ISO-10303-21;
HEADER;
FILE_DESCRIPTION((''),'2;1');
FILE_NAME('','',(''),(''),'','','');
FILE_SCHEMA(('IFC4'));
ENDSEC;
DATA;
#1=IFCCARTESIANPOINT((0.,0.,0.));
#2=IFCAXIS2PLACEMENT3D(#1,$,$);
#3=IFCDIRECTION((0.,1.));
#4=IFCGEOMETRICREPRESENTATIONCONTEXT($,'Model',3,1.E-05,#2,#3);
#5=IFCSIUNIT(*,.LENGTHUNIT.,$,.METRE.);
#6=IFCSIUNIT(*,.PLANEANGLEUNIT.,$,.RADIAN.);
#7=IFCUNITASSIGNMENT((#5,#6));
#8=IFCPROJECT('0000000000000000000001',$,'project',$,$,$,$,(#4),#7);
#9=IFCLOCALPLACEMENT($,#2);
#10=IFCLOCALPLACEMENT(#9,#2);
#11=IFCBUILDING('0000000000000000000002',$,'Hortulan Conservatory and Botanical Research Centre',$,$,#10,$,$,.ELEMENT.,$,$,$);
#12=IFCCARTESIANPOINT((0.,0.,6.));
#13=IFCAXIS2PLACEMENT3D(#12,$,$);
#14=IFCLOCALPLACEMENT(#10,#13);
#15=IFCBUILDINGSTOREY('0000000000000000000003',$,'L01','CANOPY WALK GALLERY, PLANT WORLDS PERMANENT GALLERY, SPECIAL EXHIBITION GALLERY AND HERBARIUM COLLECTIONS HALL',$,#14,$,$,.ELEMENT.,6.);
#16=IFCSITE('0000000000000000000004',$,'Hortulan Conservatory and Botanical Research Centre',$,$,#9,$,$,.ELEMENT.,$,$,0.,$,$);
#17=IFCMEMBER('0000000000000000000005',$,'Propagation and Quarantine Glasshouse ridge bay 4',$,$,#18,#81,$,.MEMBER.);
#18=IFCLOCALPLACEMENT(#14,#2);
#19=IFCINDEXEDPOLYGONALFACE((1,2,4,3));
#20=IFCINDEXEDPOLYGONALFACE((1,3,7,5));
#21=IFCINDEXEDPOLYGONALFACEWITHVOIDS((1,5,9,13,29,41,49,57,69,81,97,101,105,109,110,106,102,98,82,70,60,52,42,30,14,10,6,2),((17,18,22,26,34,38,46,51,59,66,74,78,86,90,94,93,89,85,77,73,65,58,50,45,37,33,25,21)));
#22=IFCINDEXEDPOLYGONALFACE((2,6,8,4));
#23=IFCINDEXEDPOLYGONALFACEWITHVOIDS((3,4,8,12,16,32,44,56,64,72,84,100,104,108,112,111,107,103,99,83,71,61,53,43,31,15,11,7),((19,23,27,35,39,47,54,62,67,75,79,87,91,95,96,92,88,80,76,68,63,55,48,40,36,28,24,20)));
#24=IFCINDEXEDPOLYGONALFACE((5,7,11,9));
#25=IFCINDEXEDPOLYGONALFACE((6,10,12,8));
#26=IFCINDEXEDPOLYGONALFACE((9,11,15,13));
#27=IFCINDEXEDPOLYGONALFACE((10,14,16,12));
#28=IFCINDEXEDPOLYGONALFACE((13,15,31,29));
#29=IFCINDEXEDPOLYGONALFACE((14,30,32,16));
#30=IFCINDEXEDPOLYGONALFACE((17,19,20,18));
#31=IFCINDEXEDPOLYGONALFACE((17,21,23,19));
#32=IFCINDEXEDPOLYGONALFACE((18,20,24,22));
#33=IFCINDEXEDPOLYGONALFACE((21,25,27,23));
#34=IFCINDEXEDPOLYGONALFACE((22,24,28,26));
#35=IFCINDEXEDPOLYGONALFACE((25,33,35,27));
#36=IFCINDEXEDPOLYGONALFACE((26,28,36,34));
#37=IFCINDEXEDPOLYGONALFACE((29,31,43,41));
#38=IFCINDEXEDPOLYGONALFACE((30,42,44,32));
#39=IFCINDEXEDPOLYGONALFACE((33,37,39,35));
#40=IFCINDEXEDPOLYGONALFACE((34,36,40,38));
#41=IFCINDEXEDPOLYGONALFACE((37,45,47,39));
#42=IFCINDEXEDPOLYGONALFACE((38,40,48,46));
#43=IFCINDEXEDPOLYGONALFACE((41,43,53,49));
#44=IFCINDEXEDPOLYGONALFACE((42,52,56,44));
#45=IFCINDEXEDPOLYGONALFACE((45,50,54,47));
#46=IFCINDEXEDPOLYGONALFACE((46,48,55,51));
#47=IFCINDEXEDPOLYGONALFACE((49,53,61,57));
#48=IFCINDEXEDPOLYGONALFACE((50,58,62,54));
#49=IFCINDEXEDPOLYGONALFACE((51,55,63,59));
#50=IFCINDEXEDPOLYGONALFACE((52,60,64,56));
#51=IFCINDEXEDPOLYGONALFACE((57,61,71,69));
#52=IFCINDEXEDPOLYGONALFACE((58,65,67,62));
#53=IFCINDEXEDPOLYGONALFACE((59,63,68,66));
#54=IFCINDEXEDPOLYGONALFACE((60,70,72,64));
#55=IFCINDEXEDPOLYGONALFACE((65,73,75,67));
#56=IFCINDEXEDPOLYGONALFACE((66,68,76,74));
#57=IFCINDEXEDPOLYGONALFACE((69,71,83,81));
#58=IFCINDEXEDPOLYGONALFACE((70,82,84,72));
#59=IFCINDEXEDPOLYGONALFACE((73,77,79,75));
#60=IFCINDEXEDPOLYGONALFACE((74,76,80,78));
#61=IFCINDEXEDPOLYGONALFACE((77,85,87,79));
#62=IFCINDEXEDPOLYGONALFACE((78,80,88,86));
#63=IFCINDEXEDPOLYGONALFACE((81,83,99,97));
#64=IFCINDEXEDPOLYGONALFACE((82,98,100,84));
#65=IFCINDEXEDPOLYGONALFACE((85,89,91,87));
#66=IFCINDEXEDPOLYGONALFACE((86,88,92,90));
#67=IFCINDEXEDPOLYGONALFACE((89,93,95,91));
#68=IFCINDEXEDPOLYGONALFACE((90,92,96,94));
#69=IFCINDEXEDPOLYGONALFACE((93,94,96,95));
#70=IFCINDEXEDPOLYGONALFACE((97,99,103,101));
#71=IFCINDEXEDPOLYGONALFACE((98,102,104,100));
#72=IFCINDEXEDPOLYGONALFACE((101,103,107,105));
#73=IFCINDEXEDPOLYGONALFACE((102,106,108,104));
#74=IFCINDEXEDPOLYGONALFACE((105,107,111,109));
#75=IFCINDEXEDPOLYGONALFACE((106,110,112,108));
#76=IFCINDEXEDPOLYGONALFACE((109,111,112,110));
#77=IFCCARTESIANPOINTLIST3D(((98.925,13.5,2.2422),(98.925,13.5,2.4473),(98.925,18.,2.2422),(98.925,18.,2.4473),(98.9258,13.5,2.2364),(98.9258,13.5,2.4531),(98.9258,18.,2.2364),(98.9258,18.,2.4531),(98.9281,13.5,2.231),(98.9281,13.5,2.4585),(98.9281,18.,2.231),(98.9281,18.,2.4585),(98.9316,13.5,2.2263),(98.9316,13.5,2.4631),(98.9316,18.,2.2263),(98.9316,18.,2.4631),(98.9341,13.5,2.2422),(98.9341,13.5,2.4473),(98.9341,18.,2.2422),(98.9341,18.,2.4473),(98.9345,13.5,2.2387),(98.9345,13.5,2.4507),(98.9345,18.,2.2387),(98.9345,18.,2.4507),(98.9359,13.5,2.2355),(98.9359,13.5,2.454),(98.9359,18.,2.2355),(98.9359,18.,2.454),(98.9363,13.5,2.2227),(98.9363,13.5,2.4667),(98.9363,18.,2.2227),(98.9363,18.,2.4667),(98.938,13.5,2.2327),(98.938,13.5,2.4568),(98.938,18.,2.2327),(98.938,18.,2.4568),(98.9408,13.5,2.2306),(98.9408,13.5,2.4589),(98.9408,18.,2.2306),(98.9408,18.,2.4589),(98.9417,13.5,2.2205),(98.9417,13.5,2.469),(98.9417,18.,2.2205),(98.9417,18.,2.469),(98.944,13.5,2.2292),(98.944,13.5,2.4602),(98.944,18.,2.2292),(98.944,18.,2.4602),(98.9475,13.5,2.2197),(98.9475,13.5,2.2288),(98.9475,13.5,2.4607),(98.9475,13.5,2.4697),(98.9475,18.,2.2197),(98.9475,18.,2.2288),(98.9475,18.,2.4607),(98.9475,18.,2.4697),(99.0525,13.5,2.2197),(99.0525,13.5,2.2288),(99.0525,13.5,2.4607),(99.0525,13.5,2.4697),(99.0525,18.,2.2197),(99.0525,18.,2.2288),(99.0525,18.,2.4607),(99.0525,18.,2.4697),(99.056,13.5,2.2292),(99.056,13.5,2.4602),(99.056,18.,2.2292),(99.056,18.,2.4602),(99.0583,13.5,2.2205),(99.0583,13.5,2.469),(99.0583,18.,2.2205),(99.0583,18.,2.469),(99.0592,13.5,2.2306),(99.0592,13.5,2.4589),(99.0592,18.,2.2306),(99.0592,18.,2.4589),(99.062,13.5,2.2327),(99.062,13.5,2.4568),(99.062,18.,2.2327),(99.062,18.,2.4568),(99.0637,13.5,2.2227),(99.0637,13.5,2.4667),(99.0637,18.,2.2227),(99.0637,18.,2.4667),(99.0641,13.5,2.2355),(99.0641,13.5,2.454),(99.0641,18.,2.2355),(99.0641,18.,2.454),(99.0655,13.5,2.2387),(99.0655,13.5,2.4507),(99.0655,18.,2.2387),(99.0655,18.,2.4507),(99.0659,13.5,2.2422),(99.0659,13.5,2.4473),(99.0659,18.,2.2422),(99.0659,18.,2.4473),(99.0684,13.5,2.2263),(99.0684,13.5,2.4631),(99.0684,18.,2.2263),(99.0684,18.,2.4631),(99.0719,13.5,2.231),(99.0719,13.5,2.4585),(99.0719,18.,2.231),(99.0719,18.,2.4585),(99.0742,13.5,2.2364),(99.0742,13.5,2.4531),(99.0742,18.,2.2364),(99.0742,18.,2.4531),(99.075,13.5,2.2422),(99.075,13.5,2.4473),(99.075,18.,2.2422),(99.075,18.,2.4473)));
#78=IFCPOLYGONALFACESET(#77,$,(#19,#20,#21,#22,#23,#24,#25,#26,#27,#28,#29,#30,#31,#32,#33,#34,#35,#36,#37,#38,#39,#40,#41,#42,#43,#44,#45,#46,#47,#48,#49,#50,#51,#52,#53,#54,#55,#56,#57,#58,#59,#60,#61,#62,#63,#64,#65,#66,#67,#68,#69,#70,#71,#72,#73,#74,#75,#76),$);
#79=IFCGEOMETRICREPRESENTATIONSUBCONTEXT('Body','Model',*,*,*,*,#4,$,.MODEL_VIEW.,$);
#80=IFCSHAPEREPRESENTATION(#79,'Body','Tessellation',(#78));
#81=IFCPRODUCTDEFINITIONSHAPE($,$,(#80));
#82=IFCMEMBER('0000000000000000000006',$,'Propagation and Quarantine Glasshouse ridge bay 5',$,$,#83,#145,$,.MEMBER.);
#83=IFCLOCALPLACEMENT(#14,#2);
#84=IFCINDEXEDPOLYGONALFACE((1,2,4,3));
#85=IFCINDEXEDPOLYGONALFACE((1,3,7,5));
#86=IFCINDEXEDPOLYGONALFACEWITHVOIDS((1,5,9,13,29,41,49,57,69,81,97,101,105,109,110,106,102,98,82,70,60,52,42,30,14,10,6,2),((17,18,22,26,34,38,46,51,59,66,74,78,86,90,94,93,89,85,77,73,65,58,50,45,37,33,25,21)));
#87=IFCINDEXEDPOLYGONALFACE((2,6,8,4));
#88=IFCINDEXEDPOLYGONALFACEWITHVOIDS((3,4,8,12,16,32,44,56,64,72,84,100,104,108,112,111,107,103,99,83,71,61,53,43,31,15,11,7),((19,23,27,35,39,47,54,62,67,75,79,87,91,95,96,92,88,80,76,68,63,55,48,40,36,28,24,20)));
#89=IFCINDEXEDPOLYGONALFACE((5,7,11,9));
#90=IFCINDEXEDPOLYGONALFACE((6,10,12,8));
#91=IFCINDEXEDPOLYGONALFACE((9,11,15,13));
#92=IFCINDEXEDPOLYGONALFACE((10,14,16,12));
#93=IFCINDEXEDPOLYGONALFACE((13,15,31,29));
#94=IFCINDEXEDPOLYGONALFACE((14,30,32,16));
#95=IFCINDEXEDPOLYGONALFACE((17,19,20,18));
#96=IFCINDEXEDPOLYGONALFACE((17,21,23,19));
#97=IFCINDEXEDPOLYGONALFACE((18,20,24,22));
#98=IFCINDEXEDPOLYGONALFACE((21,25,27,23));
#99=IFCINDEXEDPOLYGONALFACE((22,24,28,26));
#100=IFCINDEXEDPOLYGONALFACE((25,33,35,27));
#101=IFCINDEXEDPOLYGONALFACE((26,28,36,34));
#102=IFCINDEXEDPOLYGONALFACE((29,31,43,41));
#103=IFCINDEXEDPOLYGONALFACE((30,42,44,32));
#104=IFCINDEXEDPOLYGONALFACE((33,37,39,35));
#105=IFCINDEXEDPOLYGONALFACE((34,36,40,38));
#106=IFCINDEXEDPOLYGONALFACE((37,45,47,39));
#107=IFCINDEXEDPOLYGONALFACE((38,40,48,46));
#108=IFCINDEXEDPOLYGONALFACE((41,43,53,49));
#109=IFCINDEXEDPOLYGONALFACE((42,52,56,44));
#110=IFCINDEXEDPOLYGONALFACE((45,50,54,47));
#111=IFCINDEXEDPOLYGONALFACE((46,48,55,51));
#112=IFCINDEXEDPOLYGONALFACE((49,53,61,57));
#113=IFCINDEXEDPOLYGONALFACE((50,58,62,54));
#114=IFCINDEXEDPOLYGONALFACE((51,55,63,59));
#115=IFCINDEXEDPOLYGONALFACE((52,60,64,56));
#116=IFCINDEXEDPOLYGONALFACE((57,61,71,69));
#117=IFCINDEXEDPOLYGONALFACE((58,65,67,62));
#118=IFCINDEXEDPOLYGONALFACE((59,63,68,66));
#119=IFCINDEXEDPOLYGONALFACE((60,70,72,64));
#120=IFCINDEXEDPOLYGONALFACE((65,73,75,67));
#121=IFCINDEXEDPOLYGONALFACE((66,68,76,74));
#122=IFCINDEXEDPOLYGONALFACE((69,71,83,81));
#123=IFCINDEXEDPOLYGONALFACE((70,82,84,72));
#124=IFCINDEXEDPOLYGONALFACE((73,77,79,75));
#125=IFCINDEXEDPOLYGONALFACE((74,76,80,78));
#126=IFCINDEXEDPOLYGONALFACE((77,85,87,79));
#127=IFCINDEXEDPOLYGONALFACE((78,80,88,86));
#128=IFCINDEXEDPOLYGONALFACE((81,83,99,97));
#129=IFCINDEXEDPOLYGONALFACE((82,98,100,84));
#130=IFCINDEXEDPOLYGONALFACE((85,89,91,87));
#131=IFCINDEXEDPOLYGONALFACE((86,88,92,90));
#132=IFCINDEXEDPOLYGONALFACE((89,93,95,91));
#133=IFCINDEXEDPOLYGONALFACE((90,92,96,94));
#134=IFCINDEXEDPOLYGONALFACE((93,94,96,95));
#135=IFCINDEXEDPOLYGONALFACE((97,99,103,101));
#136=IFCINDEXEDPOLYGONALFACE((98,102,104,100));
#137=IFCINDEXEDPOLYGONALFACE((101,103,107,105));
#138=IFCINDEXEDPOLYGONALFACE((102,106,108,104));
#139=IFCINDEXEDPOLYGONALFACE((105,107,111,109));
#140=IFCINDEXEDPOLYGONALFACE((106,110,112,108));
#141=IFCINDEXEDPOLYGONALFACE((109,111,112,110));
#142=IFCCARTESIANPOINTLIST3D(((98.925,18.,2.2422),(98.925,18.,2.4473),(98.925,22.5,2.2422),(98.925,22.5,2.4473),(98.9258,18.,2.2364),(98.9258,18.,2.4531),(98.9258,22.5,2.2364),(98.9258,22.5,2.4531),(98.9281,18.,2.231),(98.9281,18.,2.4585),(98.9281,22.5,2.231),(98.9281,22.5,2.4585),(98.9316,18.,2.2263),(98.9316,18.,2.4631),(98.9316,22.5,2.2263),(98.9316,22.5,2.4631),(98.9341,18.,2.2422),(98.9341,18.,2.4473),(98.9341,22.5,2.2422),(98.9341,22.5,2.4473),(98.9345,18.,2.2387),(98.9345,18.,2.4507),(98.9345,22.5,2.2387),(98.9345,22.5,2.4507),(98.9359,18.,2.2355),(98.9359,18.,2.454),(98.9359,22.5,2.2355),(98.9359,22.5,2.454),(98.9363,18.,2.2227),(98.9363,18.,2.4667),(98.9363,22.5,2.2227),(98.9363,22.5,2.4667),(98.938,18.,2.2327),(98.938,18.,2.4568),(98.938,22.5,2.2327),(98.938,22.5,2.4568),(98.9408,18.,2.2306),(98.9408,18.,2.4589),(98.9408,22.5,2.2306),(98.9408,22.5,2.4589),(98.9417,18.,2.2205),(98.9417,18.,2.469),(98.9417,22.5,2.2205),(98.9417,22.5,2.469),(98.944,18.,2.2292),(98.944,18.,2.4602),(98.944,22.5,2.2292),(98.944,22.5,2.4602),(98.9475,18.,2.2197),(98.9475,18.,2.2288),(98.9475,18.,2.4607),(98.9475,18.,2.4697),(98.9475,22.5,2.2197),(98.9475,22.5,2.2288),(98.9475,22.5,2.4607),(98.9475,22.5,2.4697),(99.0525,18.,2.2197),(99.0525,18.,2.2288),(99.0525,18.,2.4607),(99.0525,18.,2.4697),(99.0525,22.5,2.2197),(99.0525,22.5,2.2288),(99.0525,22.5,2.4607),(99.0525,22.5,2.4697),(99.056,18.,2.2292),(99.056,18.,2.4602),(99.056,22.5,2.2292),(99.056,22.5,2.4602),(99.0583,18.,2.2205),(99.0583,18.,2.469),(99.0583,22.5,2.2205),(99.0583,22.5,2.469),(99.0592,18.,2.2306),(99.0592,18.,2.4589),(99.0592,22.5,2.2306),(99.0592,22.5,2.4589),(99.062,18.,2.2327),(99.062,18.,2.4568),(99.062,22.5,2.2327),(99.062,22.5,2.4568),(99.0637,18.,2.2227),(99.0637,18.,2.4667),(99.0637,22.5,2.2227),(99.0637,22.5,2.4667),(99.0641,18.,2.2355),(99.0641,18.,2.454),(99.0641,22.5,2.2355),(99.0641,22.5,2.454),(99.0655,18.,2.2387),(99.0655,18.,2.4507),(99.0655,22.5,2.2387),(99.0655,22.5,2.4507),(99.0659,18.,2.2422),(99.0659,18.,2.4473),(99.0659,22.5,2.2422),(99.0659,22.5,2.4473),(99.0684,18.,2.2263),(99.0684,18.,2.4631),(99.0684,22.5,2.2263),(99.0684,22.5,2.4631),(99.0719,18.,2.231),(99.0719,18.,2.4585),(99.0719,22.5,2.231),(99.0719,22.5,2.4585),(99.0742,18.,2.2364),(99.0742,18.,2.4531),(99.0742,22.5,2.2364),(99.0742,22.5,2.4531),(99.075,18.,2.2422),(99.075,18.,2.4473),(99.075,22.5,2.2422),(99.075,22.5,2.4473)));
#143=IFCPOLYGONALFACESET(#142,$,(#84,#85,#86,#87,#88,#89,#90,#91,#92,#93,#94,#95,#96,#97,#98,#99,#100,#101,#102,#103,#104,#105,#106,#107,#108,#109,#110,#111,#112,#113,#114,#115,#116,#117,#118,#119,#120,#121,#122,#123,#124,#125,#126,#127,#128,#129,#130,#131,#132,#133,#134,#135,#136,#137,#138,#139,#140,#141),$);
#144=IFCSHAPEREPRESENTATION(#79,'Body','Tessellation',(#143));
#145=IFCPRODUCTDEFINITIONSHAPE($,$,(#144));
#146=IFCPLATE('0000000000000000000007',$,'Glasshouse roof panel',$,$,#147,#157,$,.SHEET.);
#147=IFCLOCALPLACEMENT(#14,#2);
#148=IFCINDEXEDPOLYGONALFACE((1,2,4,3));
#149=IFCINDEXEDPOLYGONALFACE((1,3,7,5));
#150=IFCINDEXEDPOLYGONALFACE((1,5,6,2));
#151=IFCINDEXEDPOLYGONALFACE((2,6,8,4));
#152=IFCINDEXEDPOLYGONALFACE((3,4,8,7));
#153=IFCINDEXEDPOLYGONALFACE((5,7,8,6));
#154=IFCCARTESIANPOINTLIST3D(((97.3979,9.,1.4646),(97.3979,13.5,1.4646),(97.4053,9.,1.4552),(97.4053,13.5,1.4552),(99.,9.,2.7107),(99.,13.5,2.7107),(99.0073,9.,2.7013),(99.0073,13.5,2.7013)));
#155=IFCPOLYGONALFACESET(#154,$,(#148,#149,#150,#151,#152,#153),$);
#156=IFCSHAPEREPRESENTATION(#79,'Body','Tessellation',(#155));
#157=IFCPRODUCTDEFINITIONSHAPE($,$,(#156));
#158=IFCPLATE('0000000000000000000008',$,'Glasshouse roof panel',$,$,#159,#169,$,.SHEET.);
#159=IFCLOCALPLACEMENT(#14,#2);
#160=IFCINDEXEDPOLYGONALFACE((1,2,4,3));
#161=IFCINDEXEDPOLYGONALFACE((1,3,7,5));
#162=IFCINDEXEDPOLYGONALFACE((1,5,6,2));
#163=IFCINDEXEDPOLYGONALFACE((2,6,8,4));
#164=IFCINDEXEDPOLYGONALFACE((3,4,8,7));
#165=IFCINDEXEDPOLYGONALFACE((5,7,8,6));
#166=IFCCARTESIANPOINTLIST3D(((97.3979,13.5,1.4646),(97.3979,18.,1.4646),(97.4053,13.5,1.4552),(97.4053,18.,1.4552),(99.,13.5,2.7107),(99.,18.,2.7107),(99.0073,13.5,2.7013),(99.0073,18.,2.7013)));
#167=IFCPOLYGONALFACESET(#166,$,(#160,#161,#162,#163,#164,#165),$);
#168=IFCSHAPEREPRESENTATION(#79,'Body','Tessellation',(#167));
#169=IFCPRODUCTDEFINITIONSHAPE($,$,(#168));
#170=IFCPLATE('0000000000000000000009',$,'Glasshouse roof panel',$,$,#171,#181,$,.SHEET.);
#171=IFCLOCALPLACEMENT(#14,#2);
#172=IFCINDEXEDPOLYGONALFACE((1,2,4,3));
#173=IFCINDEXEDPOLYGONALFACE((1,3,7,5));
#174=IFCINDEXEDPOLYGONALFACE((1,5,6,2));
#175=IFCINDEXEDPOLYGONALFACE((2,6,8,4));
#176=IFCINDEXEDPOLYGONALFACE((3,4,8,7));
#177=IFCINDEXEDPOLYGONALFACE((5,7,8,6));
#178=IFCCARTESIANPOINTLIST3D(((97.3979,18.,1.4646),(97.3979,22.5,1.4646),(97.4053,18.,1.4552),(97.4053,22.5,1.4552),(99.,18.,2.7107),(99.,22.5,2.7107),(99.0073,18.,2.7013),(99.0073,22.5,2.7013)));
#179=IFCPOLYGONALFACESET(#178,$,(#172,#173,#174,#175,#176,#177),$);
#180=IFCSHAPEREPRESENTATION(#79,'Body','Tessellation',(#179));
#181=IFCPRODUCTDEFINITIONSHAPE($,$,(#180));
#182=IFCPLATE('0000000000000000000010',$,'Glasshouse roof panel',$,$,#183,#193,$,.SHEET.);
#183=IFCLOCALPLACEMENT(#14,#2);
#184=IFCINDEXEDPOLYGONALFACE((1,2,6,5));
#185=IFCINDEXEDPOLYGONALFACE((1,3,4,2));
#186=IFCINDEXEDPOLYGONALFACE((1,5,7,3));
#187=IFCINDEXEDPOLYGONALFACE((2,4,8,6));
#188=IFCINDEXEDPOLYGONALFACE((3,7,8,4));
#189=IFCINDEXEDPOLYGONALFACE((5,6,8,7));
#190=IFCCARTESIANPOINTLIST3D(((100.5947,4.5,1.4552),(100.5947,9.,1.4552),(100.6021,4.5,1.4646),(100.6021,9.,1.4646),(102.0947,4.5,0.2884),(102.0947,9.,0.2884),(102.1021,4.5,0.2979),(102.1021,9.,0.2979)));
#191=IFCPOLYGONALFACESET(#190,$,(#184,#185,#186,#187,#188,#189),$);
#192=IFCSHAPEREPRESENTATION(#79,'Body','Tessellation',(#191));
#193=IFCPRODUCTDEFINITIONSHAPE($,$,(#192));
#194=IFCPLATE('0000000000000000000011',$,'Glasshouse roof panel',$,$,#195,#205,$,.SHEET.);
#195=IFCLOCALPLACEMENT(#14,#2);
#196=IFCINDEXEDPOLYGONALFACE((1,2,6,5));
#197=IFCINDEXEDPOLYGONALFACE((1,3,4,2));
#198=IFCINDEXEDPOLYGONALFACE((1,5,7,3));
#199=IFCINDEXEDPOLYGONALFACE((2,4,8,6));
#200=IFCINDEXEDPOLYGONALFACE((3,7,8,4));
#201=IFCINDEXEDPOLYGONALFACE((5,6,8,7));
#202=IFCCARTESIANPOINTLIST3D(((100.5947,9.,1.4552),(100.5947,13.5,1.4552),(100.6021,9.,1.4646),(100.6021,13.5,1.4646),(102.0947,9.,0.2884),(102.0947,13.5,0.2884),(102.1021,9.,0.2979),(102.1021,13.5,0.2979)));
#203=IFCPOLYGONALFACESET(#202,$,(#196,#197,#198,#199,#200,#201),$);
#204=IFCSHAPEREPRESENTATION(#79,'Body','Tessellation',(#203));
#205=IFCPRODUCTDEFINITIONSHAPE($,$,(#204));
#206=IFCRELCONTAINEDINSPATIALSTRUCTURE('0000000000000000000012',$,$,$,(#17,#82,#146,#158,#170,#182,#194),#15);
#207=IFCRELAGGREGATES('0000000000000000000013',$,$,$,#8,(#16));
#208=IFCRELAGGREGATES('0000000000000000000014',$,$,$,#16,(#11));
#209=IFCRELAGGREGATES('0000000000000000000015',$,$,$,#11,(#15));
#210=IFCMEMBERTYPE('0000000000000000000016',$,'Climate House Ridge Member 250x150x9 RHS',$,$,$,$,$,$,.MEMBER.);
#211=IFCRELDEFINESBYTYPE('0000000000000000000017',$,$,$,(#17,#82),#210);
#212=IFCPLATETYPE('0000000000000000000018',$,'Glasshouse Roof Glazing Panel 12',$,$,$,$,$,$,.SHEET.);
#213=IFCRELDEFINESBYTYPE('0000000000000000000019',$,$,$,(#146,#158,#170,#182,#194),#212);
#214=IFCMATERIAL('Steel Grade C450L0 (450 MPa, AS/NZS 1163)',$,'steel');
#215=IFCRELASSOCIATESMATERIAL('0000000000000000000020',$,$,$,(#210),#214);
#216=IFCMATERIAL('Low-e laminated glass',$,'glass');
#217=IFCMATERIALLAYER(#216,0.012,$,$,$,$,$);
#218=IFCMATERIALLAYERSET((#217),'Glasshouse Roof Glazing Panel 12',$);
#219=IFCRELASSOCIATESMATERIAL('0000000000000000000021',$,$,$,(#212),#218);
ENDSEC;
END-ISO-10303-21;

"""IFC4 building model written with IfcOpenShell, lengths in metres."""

from ifc_helpers import new_model, si_unit, direction, frame, origin, origin_2d, place, context, subcontext, project, spatial, polyline, hollow_rectangle, outline, extrude, material, layer, layer_set, material_profile, profile_set, type_object, element, save


model = new_model("IFC4")

# Units and contexts
model_context = context("Model", 3, precision=1e-05, world=origin(), true_north=direction((0.0, 1.0)))
body_context = subcontext(model_context, "Body", "Model", "MODEL_VIEW")
ifc_project = project(units=[si_unit("LENGTHUNIT", "METRE"), si_unit("PLANEANGLEUNIT", "RADIAN")], contexts=[model_context])

# Site, building, storey
site_placement = place(None, origin())
site = spatial("IfcSite", under=ifc_project, at=site_placement, Name="Hortulan Conservatory and Botanical Research Centre", CompositionType="ELEMENT", RefElevation=0.0)
building_placement = place(site_placement, origin())
building = spatial("IfcBuilding", under=site, at=building_placement, Name="Hortulan Conservatory and Botanical Research Centre", CompositionType="ELEMENT")
storey_placement = place(building_placement, frame((0.0, 0.0, 6.0)))
storey = spatial("IfcBuildingStorey", under=building, at=storey_placement, Name="L01", Description="CANOPY WALK GALLERY, PLANT WORLDS PERMANENT GALLERY, SPECIAL EXHIBITION GALLERY AND HERBARIUM COLLECTIONS HALL", CompositionType="ELEMENT", Elevation=6.0)

# Shared definitions
ifc_material_1 = material(Name="Steel Grade C450L0 (450 MPa, AS/NZS 1163)", Category="steel")

# Members
ifc_material_profile_1 = material_profile(ifc_material_1, hollow_rectangle(XDim=0.1499, YDim=0.25, WallThickness=0.009, InnerFilletRadius=0.0134, OuterFilletRadius=0.0225, at=origin_2d()), Name="250x150x9RHS")
ifc_profile_set_1 = profile_set([ifc_material_profile_1], Name="Steel Grade C450L0 (450 MPa, AS/NZS 1163)")
member_type_1 = type_object("IfcMemberType", Name="Climate House Ridge Member 250x150x9 RHS", PredefinedType="MEMBER", material=ifc_profile_set_1)
for number, where, z_axis, x_axis, name in (
    (1, (99.0, 13.5, 2.3447), (0.0, 1.0, 0.0), (-1.0, 0.0, 0.0), "Propagation and Quarantine Glasshouse ridge bay 4"),
    (2, (99.0, 18.0, 2.3447), (0.0, 1.0, 0.0), (-1.0, 0.0, 0.0), "Propagation and Quarantine Glasshouse ridge bay 5"),
):
    element("IfcMember", number, at=place(storey_placement, frame(where, z_axis=z_axis, x_axis=x_axis)), inside=storey, type_object=member_type_1, Name=name, PredefinedType="MEMBER", context=body_context, shape_type="SweptSolid", body=[
        extrude(hollow_rectangle(XDim=0.1499, YDim=0.25, WallThickness=0.009, InnerFilletRadius=0.0134, OuterFilletRadius=0.0225, at=origin_2d()), origin(), (0.0, 0.0, 1.0), 4.5),
    ])

# Plates
ifc_material_2 = material(Name="Low-e laminated glass", Category="glass")
ifc_layer = layer(ifc_material_2, 0.012)
ifc_layer_set = layer_set([ifc_layer], Name="Glasshouse Roof Glazing Panel 12")
plate_type = type_object("IfcPlateType", Name="Glasshouse Roof Glazing Panel 12", PredefinedType="SHEET", material=ifc_layer_set)
for number, where, z_axis, x_axis, name in (
    (3, (97.3979, 9.0, 1.4646), (-0.613957, 0.0, 0.789339), (0.789339, 0.0, 0.613957), "Glasshouse roof panel"),
    (4, (97.3979, 13.5, 1.4646), (-0.613957, 0.0, 0.789339), (0.789339, 0.0, 0.613957), "Glasshouse roof panel"),
    (5, (97.3979, 18.0, 1.4646), (-0.613957, 0.0, 0.789339), (0.789339, 0.0, 0.613957), "Glasshouse roof panel"),
):
    element("IfcPlate", number, at=place(storey_placement, frame(where, z_axis=z_axis, x_axis=x_axis)), inside=storey, type_object=plate_type, Name=name, PredefinedType="SHEET", context=body_context, shape_type="SweptSolid", body=[
        extrude(outline(polyline([(0.0, 0.0), (2.0296, 0.0), (2.0296, 4.5), (0.0, 4.5), (0.0, 0.0)])), origin(), (0.0, 0.0, -1.0), 0.012),
    ])
for number, where, z_axis, x_axis, name in (
    (6, (102.1021, 9.0, 0.2979), (0.613967, 0.0, 0.789331), (-0.789331, 0.0, 0.613967), "Glasshouse roof panel"),
    (7, (102.1021, 13.5, 0.2979), (0.613967, 0.0, 0.789331), (-0.789331, 0.0, 0.613967), "Glasshouse roof panel"),
):
    element("IfcPlate", number, at=place(storey_placement, frame(where, z_axis=z_axis, x_axis=x_axis)), inside=storey, type_object=plate_type, Name=name, PredefinedType="SHEET", context=body_context, shape_type="SweptSolid", body=[
        extrude(outline(polyline([(0.0, 0.0), (1.9003, 0.0), (1.9003, 4.5), (0.0, 4.5), (0.0, 0.0)])), origin(), (0.0, 0.0, -1.0), 0.012),
    ])

save(model, "model.ifc")
